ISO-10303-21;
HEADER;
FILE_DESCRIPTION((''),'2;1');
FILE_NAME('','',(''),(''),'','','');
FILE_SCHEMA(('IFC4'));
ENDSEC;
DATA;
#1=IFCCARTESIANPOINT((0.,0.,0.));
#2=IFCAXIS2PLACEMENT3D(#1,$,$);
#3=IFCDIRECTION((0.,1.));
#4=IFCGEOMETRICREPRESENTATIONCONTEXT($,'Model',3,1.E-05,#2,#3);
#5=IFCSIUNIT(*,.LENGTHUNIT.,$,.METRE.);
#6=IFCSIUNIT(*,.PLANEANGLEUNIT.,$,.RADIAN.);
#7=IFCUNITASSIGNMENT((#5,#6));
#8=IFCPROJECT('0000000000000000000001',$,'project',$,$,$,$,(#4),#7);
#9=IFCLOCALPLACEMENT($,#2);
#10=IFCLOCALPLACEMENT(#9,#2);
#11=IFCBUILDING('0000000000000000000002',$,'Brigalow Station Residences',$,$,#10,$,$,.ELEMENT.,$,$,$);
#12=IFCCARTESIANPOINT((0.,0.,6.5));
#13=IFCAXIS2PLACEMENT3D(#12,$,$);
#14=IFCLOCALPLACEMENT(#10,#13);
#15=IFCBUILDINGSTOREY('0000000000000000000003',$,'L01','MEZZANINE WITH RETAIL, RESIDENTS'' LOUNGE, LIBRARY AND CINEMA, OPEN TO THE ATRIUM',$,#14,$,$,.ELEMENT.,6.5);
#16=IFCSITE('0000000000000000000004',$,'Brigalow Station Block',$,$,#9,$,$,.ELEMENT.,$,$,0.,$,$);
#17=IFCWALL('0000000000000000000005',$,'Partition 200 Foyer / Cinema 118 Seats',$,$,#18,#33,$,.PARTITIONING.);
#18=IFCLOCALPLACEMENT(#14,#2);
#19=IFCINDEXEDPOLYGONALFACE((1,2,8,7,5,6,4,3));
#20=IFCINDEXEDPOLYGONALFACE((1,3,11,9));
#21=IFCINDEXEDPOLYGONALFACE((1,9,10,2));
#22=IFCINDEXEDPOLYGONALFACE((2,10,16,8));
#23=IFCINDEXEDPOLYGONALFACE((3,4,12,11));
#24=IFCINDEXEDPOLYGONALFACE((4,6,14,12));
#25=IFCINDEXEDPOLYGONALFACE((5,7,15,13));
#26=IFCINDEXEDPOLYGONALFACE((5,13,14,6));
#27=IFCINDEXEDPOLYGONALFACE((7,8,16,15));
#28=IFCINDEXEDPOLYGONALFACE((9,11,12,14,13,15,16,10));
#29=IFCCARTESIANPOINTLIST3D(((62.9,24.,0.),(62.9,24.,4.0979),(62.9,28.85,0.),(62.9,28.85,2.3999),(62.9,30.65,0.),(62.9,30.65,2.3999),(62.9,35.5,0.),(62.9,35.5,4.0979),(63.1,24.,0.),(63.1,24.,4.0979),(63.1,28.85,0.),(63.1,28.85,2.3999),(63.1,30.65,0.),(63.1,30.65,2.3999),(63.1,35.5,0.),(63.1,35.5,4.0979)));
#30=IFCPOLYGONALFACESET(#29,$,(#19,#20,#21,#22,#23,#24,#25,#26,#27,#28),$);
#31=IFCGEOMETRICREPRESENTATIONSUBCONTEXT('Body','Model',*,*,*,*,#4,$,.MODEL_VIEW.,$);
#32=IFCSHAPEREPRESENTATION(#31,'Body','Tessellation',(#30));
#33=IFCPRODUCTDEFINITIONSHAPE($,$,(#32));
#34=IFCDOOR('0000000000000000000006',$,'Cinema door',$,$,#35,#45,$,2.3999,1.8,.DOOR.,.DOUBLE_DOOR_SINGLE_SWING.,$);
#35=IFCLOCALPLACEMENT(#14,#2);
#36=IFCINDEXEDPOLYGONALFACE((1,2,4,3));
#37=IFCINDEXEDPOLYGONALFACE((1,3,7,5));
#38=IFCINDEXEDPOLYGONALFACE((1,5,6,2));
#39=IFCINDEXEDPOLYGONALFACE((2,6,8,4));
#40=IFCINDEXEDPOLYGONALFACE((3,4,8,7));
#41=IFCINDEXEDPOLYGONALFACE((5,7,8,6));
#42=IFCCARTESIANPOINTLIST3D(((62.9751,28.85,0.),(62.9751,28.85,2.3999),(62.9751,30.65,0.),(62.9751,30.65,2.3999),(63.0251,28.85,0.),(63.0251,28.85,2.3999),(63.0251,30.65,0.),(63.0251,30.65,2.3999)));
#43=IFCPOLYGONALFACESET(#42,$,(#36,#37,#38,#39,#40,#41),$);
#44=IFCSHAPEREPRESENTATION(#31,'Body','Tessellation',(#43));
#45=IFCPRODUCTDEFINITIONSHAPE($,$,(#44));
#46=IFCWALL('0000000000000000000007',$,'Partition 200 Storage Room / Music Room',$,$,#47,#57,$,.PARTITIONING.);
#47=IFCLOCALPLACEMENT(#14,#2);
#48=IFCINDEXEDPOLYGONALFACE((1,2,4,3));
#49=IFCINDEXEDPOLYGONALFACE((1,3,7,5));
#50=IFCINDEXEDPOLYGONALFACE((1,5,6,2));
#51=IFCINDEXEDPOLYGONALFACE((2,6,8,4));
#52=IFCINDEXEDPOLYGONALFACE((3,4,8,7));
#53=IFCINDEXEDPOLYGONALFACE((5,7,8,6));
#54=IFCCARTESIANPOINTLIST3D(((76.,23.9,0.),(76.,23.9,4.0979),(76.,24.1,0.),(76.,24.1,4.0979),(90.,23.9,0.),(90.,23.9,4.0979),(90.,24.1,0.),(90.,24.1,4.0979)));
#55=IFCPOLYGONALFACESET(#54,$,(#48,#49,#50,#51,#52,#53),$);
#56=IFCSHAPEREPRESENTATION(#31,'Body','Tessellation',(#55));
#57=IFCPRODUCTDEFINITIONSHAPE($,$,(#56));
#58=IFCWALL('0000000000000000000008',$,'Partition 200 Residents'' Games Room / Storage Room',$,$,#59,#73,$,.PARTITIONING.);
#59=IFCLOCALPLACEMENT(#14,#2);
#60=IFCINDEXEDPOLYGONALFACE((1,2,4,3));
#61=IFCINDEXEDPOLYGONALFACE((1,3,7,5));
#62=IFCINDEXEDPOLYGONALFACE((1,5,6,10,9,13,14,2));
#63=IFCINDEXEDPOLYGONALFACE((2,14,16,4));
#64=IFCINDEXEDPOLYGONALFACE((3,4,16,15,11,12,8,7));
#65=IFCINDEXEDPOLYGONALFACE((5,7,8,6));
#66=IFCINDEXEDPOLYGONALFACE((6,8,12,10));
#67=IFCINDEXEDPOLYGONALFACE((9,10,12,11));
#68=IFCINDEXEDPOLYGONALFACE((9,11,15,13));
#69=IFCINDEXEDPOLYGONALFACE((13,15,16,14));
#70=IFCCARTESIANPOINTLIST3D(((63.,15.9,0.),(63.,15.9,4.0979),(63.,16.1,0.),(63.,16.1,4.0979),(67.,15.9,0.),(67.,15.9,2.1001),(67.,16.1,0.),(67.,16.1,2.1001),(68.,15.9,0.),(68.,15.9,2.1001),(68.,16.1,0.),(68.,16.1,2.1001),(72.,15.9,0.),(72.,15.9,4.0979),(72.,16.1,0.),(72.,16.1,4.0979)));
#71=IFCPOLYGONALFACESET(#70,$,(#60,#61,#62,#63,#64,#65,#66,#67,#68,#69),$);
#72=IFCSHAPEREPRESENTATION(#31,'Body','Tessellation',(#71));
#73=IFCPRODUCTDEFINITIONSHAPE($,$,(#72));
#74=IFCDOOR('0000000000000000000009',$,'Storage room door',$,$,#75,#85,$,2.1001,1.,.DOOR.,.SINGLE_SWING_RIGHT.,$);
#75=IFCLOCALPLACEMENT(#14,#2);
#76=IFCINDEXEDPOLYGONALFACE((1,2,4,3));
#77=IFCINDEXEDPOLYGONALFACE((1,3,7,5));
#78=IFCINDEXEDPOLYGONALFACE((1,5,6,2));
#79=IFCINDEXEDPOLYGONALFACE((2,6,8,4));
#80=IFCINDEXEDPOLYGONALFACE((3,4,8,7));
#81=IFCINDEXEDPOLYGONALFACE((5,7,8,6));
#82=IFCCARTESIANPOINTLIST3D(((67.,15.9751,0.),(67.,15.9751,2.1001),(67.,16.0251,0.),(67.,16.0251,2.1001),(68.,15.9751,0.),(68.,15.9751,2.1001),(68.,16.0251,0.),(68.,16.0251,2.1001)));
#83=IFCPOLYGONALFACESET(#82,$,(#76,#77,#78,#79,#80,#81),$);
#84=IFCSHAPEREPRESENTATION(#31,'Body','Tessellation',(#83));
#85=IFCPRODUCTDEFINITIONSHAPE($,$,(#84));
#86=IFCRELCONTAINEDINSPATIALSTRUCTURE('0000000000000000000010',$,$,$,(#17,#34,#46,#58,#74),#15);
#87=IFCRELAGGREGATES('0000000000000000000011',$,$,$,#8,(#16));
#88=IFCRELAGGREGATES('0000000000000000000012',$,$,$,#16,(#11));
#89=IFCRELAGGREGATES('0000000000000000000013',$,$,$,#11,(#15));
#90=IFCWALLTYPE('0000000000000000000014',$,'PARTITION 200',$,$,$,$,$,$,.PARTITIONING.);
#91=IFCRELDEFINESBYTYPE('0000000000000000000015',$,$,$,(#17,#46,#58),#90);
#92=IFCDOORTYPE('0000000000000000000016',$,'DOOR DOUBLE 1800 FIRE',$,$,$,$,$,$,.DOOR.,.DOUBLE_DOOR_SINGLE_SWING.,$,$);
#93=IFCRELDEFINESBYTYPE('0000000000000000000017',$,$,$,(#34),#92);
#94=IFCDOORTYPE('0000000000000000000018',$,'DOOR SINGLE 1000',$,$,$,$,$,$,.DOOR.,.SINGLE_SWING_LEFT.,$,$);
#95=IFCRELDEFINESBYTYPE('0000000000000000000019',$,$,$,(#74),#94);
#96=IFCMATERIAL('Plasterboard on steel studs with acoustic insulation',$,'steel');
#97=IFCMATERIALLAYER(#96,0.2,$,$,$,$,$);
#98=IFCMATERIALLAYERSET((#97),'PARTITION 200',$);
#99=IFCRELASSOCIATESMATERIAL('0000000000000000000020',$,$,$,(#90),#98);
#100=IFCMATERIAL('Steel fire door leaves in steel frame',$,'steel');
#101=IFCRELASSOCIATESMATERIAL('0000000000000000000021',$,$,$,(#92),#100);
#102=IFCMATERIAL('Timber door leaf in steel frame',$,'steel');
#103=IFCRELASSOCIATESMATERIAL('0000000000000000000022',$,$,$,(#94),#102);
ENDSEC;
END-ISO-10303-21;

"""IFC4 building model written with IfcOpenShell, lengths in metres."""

from ifc_helpers import new_model, si_unit, direction, frame, frame_2d, origin, place, context, subcontext, project, spatial, rectangle, extrude, material, layer, layer_set, type_object, element, fill, save


model = new_model("IFC4")

# Units and contexts
model_context = context("Model", 3, precision=1e-05, world=origin(), true_north=direction((0.0, 1.0)))
body_context = subcontext(model_context, "Body", "Model", "MODEL_VIEW")
ifc_project = project(units=[si_unit("LENGTHUNIT", "METRE"), si_unit("PLANEANGLEUNIT", "RADIAN")], contexts=[model_context])

# Site, building, storey
site_placement = place(None, origin())
site = spatial("IfcSite", under=ifc_project, at=site_placement, Name="Brigalow Station Block", CompositionType="ELEMENT", RefElevation=0.0)
building_placement = place(site_placement, origin())
building = spatial("IfcBuilding", under=site, at=building_placement, Name="Brigalow Station Residences", CompositionType="ELEMENT")
storey_placement = place(building_placement, frame((0.0, 0.0, 6.5)))
storey = spatial("IfcBuildingStorey", under=building, at=storey_placement, Name="L01", Description="MEZZANINE WITH RETAIL, RESIDENTS' LOUNGE, LIBRARY AND CINEMA, OPEN TO THE ATRIUM", CompositionType="ELEMENT", Elevation=6.5)

# Wall, opening, door
ifc_material_1 = material(Name="Plasterboard on steel studs with acoustic insulation", Category="steel")
ifc_layer_1 = layer(ifc_material_1, 0.2)
ifc_layer_set_1 = layer_set([ifc_layer_1], Name="PARTITION 200")
wall_type_1 = type_object("IfcWallType", Name="PARTITION 200", PredefinedType="PARTITIONING", material=ifc_layer_set_1)
wall_1_placement = place(storey_placement, frame((63.0, 24.0, 0.0), z_axis=(0.0, 0.0, 1.0), x_axis=(0.0, 1.0, 0.0)))
wall_1 = element("IfcWall", 1, at=wall_1_placement, inside=storey, type_object=wall_type_1, Name="Partition 200 Foyer / Cinema 118 Seats", PredefinedType="PARTITIONING", context=body_context, shape_type="SweptSolid", body=[
    extrude(rectangle(XDim=11.5, YDim=0.2, at=frame_2d((5.75, 0.0))), origin(), (0.0, 0.0, 1.0), 4.0979),
])
opening_1_placement = place(wall_1_placement, frame((4.8501, 0.0, 0.0)))
opening_1 = element("IfcOpeningElement", 2, at=opening_1_placement, cuts=wall_1, PredefinedType="OPENING", context=body_context, shape_type="SweptSolid", body=[
    extrude(rectangle(XDim=1.8, YDim=2.3999, at=frame_2d((0.8999, 1.2))), frame((0.0, 0.1099, 0.0), z_axis=(0.0, -1.0, 0.0), x_axis=(1.0, 0.0, 0.0)), (0.0, 0.0, 1.0), 0.22),
])
ifc_material_2 = material(Name="Steel fire door leaves in steel frame", Category="steel")
door_type_1 = type_object("IfcDoorType", Name="DOOR DOUBLE 1800 FIRE", OperationType="DOUBLE_DOOR_SINGLE_SWING", PredefinedType="DOOR", material=ifc_material_2)
door_1_placement = place(opening_1_placement, origin())
door_1 = element("IfcDoor", 3, at=door_1_placement, inside=storey, type_object=door_type_1, Name="Cinema door", OperationType="DOUBLE_DOOR_SINGLE_SWING", OverallHeight=2.3999, OverallWidth=1.8, PredefinedType="DOOR", context=body_context, shape_type="SweptSolid", body=[
    extrude(rectangle(XDim=1.8, YDim=2.3999, at=frame_2d((0.8999, 1.2))), frame((0.0, 0.0249, 0.0), z_axis=(0.0, -1.0, 0.0), x_axis=(1.0, 0.0, 0.0)), (0.0, 0.0, 1.0), 0.05),
])
fill(opening_1, door_1)

# Wall
wall_2_placement = place(storey_placement, frame((76.0, 24.0, 0.0), z_axis=(0.0, 0.0, 1.0), x_axis=(1.0, 0.0, 0.0)))
element("IfcWall", 4, at=wall_2_placement, inside=storey, type_object=wall_type_1, Name="Partition 200 Storage Room / Music Room", PredefinedType="PARTITIONING", context=body_context, shape_type="SweptSolid", body=[
    extrude(rectangle(XDim=14.0, YDim=0.2, at=frame_2d((7.0, 0.0))), origin(), (0.0, 0.0, 1.0), 4.0979),
])

# Wall, opening, door
wall_3_placement = place(storey_placement, frame((63.0, 16.0, 0.0), z_axis=(0.0, 0.0, 1.0), x_axis=(1.0, 0.0, 0.0)))
wall_3 = element("IfcWall", 5, at=wall_3_placement, inside=storey, type_object=wall_type_1, Name="Partition 200 Residents' Games Room / Storage Room", PredefinedType="PARTITIONING", context=body_context, shape_type="SweptSolid", body=[
    extrude(rectangle(XDim=9.0, YDim=0.2, at=frame_2d((4.5, 0.0))), origin(), (0.0, 0.0, 1.0), 4.0979),
])
opening_2_placement = place(wall_3_placement, frame((4.0, 0.0, 0.0)))
opening_2 = element("IfcOpeningElement", 6, at=opening_2_placement, cuts=wall_3, PredefinedType="OPENING", context=body_context, shape_type="SweptSolid", body=[
    extrude(rectangle(XDim=1.0, YDim=2.1001, at=frame_2d((0.5, 1.05))), frame((0.0, 0.1099, 0.0), z_axis=(0.0, -1.0, 0.0), x_axis=(1.0, 0.0, 0.0)), (0.0, 0.0, 1.0), 0.22),
])
ifc_material_3 = material(Name="Timber door leaf in steel frame", Category="steel")
door_type_2 = type_object("IfcDoorType", Name="DOOR SINGLE 1000", OperationType="SINGLE_SWING_LEFT", PredefinedType="DOOR", material=ifc_material_3)
door_2_placement = place(opening_2_placement, frame((1.0, 0.0, 0.0), z_axis=(0.0, 0.0, 1.0), x_axis=(-1.0, 0.0, 0.0)))
door_2 = element("IfcDoor", 7, at=door_2_placement, inside=storey, type_object=door_type_2, Name="Storage room door", OperationType="SINGLE_SWING_RIGHT", OverallHeight=2.1001, OverallWidth=1.0, PredefinedType="DOOR", context=body_context, shape_type="SweptSolid", body=[
    extrude(rectangle(XDim=1.0, YDim=2.1001, at=frame_2d((0.5, 1.05))), frame((0.0, 0.0249, 0.0), z_axis=(0.0, -1.0, 0.0), x_axis=(1.0, 0.0, 0.0)), (0.0, 0.0, 1.0), 0.05),
])
fill(opening_2, door_2)

save(model, "model.ifc")
